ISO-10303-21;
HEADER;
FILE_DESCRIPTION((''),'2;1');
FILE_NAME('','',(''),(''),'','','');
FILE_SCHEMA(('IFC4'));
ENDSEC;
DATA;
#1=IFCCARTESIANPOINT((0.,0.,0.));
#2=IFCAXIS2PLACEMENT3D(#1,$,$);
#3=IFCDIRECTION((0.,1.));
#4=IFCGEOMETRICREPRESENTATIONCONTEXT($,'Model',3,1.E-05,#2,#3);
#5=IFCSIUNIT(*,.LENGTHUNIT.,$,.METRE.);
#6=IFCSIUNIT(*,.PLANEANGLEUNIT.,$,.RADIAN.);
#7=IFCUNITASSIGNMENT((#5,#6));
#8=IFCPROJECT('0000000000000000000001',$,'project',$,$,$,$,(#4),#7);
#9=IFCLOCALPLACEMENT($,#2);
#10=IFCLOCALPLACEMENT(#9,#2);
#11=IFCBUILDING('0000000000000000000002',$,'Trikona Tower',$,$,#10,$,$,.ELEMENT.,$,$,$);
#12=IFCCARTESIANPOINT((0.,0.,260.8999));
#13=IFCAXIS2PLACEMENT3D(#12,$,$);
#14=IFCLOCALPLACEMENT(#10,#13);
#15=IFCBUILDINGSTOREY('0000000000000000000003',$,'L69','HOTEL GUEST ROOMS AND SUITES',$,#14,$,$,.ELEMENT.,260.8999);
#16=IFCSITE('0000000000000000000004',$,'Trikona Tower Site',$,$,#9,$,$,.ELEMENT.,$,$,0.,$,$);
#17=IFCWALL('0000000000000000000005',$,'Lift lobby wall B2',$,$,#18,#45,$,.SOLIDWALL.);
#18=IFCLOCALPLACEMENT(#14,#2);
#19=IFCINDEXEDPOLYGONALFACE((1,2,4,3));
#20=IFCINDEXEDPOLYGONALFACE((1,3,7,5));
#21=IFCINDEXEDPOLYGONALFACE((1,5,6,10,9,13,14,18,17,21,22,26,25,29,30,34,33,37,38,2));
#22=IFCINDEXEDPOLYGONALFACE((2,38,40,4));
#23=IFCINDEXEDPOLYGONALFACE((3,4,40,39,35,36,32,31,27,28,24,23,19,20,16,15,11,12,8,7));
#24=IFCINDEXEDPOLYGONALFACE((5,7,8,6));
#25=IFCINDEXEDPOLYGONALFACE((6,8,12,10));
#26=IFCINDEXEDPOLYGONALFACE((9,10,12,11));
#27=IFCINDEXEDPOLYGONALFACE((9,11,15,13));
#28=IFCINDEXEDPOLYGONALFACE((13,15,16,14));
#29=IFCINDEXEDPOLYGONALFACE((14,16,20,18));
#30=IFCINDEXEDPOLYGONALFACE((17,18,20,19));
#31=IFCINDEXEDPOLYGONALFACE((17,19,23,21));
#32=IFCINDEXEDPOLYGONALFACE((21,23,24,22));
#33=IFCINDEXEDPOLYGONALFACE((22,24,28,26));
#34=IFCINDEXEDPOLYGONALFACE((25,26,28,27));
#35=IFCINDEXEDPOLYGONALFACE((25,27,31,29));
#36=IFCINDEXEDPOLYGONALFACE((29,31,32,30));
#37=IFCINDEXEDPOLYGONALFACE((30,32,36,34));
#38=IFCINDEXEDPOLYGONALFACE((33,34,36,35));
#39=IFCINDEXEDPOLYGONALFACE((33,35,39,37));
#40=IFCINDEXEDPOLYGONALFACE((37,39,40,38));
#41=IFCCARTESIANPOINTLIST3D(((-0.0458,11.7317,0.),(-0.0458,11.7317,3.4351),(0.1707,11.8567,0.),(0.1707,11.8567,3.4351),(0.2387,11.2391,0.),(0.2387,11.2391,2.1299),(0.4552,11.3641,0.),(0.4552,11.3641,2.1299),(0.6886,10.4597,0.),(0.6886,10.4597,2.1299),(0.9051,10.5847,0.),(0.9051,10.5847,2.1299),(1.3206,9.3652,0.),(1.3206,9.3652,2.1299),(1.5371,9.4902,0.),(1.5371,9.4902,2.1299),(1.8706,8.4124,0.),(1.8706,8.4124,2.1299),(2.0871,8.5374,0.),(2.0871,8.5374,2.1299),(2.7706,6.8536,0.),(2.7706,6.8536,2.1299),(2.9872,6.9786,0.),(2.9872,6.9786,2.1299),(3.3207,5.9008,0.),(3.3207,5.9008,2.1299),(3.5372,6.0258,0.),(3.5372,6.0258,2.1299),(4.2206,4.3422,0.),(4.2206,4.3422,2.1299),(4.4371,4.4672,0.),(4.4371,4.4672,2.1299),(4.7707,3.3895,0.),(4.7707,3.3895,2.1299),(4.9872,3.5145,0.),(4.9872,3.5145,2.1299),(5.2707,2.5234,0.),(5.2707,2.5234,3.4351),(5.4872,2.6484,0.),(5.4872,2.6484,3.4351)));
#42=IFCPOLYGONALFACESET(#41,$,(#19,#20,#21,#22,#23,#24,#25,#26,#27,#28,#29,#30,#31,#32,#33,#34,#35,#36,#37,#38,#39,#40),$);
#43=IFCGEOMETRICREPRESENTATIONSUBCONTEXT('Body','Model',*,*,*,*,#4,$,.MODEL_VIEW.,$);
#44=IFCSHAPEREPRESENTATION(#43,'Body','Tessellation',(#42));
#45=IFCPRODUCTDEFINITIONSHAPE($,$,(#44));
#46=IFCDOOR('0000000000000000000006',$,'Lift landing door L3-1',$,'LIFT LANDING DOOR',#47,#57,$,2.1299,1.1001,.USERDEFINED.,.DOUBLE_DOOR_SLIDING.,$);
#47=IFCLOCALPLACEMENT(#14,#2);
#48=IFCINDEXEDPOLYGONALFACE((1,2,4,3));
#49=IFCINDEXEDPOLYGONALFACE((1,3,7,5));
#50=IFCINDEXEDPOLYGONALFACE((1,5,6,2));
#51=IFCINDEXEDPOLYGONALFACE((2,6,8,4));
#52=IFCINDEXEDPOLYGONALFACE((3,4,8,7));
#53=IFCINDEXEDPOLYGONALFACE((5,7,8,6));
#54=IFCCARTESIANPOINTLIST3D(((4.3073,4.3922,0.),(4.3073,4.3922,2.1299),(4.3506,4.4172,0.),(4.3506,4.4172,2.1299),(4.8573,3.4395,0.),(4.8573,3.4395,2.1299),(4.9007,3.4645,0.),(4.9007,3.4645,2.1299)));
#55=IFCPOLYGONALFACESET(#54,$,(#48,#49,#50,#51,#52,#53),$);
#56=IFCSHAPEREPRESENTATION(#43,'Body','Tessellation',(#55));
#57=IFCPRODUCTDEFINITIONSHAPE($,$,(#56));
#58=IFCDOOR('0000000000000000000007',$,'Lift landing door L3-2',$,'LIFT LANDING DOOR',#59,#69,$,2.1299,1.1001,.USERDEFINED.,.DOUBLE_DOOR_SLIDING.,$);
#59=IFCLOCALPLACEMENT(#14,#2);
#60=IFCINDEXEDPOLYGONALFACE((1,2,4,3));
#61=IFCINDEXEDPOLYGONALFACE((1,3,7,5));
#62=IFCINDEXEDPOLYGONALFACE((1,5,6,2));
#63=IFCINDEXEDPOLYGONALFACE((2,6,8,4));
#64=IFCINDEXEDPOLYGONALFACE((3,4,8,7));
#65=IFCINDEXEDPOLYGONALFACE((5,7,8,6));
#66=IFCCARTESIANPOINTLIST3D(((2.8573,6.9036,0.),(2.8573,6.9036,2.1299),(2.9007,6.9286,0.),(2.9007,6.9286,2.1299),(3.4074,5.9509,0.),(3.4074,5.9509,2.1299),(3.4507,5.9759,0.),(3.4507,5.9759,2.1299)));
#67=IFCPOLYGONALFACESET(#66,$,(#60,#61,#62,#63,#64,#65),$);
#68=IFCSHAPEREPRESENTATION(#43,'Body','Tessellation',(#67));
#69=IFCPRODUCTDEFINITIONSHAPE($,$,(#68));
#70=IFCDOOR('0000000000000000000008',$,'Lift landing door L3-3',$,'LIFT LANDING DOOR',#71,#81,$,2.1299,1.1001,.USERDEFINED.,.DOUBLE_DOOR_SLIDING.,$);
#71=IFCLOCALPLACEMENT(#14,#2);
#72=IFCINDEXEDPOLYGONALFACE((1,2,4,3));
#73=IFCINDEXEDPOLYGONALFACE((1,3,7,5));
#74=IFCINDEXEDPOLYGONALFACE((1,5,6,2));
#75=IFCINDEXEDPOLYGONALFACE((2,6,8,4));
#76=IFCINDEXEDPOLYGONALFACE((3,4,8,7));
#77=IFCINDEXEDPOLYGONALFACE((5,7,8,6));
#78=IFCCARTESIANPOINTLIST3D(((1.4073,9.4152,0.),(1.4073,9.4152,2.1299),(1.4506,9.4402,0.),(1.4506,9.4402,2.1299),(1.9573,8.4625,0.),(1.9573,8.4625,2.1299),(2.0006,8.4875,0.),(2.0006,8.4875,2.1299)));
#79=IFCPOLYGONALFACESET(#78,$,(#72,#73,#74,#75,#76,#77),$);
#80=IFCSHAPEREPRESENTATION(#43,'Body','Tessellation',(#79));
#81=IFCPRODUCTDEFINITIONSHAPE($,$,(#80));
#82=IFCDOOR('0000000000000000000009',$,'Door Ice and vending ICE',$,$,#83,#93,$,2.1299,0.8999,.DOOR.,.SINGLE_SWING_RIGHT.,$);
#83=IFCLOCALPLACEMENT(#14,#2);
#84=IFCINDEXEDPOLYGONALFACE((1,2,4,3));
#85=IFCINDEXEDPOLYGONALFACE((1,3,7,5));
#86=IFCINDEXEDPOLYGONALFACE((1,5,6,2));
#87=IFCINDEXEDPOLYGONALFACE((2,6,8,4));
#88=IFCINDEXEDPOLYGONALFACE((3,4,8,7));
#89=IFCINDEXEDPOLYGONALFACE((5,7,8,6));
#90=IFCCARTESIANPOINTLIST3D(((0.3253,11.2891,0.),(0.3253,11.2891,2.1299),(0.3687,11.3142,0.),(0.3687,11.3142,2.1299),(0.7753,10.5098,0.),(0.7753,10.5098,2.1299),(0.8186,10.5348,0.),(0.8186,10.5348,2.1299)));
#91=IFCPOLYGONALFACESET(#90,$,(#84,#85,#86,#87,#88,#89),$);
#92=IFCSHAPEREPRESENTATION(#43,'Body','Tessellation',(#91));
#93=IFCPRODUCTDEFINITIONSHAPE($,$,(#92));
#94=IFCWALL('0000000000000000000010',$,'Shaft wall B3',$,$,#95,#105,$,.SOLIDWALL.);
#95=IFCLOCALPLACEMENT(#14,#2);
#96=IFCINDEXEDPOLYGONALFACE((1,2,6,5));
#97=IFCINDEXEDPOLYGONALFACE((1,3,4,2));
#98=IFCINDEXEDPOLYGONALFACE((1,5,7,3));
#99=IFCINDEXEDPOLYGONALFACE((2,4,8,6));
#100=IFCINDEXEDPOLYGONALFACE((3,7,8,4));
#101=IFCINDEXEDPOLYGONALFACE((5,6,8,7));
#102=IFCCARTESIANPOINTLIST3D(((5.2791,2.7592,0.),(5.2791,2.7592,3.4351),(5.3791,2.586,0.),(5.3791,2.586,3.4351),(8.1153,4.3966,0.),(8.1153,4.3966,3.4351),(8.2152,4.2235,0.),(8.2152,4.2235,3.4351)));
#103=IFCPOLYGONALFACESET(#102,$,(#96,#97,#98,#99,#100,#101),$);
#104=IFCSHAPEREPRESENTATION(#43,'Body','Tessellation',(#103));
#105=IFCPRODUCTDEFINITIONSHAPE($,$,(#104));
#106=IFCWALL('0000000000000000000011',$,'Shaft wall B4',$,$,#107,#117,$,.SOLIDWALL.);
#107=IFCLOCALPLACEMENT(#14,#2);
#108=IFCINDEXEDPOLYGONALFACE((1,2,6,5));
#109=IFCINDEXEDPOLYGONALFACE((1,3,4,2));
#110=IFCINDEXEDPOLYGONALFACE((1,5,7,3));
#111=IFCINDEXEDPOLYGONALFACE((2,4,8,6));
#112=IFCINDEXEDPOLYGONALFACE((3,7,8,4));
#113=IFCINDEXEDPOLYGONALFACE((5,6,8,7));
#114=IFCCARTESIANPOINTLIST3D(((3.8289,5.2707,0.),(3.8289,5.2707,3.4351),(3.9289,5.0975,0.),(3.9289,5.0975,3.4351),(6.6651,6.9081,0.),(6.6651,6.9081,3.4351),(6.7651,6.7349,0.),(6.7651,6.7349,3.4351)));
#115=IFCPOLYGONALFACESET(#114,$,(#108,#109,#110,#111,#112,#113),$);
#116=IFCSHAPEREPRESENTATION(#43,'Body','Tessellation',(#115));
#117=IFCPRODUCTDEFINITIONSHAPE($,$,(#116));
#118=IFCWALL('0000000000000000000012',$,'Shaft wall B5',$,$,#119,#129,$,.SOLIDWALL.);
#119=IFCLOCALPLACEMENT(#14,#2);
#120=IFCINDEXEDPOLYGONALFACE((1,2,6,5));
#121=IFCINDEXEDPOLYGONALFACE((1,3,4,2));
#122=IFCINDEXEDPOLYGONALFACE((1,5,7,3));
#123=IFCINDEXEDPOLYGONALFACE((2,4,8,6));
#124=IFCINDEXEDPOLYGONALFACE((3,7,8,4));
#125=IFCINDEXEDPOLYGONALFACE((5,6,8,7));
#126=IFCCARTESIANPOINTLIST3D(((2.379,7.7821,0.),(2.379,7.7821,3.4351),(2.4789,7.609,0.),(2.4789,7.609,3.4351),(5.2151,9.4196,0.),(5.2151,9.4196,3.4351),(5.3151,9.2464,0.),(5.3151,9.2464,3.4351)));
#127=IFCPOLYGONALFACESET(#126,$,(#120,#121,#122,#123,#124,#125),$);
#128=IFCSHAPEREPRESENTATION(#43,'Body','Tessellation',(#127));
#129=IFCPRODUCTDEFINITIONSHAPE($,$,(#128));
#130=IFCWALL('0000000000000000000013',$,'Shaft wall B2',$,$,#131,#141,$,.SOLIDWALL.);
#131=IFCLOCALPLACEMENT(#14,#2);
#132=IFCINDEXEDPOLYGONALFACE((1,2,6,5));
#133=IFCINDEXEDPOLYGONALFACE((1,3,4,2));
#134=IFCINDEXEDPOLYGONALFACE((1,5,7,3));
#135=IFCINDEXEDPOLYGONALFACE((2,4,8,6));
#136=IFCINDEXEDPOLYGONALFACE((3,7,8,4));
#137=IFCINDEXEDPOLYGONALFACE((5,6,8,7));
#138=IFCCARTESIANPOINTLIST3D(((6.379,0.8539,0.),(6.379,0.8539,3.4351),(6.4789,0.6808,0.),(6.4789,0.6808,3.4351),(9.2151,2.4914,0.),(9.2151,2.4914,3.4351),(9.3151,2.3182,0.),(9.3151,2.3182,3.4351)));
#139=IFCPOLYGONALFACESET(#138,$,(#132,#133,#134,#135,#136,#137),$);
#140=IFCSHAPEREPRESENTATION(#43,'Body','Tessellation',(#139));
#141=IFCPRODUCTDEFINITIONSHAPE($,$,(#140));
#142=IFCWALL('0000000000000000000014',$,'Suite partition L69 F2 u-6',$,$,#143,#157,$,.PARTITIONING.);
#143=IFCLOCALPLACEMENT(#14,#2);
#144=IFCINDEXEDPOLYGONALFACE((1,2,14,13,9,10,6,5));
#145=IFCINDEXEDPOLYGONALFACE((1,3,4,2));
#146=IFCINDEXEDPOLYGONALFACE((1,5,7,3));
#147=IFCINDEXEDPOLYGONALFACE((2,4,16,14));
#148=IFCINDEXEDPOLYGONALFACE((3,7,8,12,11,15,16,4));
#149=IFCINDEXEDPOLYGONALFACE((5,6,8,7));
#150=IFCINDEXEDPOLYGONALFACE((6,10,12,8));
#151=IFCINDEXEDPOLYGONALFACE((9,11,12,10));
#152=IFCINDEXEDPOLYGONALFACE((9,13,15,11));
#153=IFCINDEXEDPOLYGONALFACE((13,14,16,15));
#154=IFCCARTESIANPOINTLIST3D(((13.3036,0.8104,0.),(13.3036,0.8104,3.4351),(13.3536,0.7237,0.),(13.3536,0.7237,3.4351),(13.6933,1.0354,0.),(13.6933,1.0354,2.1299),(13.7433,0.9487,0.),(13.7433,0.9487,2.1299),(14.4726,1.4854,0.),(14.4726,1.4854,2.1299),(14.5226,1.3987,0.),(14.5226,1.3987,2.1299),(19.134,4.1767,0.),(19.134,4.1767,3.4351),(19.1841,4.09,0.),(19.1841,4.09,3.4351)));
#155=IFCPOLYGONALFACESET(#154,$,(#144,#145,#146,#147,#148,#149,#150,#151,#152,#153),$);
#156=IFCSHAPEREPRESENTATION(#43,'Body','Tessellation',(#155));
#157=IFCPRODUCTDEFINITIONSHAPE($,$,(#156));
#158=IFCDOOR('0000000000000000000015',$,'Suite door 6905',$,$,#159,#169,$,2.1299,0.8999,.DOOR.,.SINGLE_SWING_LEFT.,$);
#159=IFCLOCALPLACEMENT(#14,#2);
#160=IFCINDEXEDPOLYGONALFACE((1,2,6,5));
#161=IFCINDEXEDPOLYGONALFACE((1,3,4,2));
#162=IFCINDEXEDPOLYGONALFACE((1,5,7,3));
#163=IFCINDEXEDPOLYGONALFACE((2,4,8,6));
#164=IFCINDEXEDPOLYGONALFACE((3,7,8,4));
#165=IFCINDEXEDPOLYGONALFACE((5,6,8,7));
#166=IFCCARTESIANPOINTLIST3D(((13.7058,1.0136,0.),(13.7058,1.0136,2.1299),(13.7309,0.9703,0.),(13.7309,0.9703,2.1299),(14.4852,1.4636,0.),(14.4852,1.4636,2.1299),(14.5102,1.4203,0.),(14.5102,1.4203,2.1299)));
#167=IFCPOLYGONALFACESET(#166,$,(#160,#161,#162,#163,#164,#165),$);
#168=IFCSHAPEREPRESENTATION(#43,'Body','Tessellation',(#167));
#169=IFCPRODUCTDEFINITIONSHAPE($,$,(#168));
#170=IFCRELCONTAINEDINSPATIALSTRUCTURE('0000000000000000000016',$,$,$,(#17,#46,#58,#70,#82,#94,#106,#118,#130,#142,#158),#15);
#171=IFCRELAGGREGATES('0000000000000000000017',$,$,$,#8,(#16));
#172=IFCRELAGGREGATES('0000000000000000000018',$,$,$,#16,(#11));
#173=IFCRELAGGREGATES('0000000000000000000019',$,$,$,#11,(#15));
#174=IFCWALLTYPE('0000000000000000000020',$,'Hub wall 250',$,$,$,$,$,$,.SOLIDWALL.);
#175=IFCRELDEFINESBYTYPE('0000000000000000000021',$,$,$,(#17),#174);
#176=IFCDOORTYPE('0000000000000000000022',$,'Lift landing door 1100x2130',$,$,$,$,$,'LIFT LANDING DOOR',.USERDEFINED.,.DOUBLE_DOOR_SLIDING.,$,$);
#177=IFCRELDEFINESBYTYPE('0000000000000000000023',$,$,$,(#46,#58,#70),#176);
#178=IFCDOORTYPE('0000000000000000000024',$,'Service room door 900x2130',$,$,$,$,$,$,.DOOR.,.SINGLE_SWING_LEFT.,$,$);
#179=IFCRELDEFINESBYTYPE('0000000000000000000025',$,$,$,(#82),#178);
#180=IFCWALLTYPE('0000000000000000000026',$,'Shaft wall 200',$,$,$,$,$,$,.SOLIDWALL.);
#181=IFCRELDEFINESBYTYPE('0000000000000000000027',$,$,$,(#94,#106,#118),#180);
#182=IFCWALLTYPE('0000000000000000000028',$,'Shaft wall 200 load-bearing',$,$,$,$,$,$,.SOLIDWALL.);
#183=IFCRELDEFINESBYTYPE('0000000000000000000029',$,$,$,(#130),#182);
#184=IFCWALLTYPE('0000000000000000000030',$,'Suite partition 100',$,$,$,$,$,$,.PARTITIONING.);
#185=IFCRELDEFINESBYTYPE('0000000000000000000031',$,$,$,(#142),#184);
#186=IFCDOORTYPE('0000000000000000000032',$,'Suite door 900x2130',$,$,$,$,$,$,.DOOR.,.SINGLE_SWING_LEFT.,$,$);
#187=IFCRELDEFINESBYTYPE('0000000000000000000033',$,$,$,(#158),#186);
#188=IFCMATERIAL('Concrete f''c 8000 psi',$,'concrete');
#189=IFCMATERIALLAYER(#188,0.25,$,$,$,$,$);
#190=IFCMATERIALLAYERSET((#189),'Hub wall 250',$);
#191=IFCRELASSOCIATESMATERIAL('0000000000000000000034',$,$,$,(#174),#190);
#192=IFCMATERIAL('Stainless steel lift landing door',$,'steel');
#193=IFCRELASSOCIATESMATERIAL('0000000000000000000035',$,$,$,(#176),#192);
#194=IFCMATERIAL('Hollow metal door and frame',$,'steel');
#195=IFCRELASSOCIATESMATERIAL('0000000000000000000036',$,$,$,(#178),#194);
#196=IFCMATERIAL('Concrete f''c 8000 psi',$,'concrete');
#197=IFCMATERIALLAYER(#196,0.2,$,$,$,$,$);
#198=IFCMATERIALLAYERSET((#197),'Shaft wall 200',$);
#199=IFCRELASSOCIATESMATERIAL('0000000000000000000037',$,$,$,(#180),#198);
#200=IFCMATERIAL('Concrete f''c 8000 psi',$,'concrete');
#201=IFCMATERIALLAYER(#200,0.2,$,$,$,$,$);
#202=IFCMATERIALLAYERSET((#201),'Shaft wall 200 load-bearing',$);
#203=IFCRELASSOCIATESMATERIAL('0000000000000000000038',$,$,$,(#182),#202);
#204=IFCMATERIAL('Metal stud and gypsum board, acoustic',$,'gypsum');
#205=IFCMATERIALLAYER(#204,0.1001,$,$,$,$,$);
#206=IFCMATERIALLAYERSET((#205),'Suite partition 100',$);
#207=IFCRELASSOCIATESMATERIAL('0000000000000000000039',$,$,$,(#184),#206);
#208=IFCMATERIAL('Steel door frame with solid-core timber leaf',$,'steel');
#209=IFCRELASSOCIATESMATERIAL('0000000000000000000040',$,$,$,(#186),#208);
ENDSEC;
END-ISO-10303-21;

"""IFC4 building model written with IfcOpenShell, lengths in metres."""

from ifc_helpers import new_model, si_unit, direction, frame, frame_2d, origin, place, context, subcontext, project, spatial, rectangle, extrude, material, layer, layer_set, type_object, element, fill, save


model = new_model("IFC4")

# Units and contexts
model_context = context("Model", 3, precision=1e-05, world=origin(), true_north=direction((0.0, 1.0)))
body_context = subcontext(model_context, "Body", "Model", "MODEL_VIEW")
ifc_project = project(units=[si_unit("LENGTHUNIT", "METRE"), si_unit("PLANEANGLEUNIT", "RADIAN")], contexts=[model_context])

# Site, building, storey
site_placement = place(None, origin())
site = spatial("IfcSite", under=ifc_project, at=site_placement, Name="Trikona Tower Site", CompositionType="ELEMENT", RefElevation=0.0)
building_placement = place(site_placement, origin())
building = spatial("IfcBuilding", under=site, at=building_placement, Name="Trikona Tower", CompositionType="ELEMENT")
storey_placement = place(building_placement, frame((0.0, 0.0, 260.8999)))
storey = spatial("IfcBuildingStorey", under=building, at=storey_placement, Name="L69", Description="HOTEL GUEST ROOMS AND SUITES", CompositionType="ELEMENT", Elevation=260.8999)

# Wall, openings, doors
ifc_material_1 = material(Name="Concrete f'c 8000 psi", Category="concrete")
ifc_layer_1 = layer(ifc_material_1, 0.25)
ifc_layer_set_1 = layer_set([ifc_layer_1], Name="Hub wall 250")
wall_type_1 = type_object("IfcWallType", Name="Hub wall 250", PredefinedType="SOLIDWALL", material=ifc_layer_set_1)
wall_1_placement = place(storey_placement, frame((5.3789, 2.5859, 0.0), z_axis=(0.0, 0.0, 1.0), x_axis=(-0.500001, 0.866025, 0.0)))
wall_1 = element("IfcWall", 1, at=wall_1_placement, inside=storey, type_object=wall_type_1, Name="Lift lobby wall B2", PredefinedType="SOLIDWALL", context=body_context, shape_type="SweptSolid", body=[
    extrude(rectangle(XDim=10.6328, YDim=0.25, at=frame_2d((5.3164, 0.0))), origin(), (0.0, 0.0, 1.0), 3.4351),
])
opening_1_placement = place(wall_1_placement, frame((9.1641, 0.0, 0.0)))
opening_1 = element("IfcOpeningElement", 2, at=opening_1_placement, cuts=wall_1, PredefinedType="OPENING", context=body_context, shape_type="SweptSolid", body=[
    extrude(rectangle(XDim=0.8999, YDim=2.1299, at=frame_2d((0.45, 1.0649))), frame((0.0, 0.135, 0.0), z_axis=(0.0, -1.0, 0.0), x_axis=(1.0, 0.0, 0.0)), (0.0, 0.0, 1.0), 0.27),
])
opening_2_placement = place(wall_1_placement, frame((1.0, 0.0, 0.0)))
opening_2 = element("IfcOpeningElement", 3, at=opening_2_placement, cuts=wall_1, PredefinedType="OPENING", context=body_context, shape_type="SweptSolid", body=[
    extrude(rectangle(XDim=1.1001, YDim=2.1299, at=frame_2d((0.55, 1.0649))), frame((0.0, 0.135, 0.0), z_axis=(0.0, -1.0, 0.0), x_axis=(1.0, 0.0, 0.0)), (0.0, 0.0, 1.0), 0.27),
])
opening_3_placement = place(wall_1_placement, frame((3.8999, 0.0, 0.0)))
opening_3 = element("IfcOpeningElement", 4, at=opening_3_placement, cuts=wall_1, PredefinedType="OPENING", context=body_context, shape_type="SweptSolid", body=[
    extrude(rectangle(XDim=1.1001, YDim=2.1299, at=frame_2d((0.55, 1.0649))), frame((0.0, 0.135, 0.0), z_axis=(0.0, -1.0, 0.0), x_axis=(1.0, 0.0, 0.0)), (0.0, 0.0, 1.0), 0.27),
])
opening_4_placement = place(wall_1_placement, frame((6.8, 0.0, 0.0)))
opening_4 = element("IfcOpeningElement", 5, at=opening_4_placement, cuts=wall_1, PredefinedType="OPENING", context=body_context, shape_type="SweptSolid", body=[
    extrude(rectangle(XDim=1.1001, YDim=2.1299, at=frame_2d((0.55, 1.0649))), frame((0.0, 0.135, 0.0), z_axis=(0.0, -1.0, 0.0), x_axis=(1.0, 0.0, 0.0)), (0.0, 0.0, 1.0), 0.27),
])
ifc_material_2 = material(Name="Stainless steel lift landing door", Category="steel")
door_type_1 = type_object("IfcDoorType", Name="Lift landing door 1100x2130", ElementType="LIFT LANDING DOOR", OperationType="DOUBLE_DOOR_SLIDING", PredefinedType="USERDEFINED", material=ifc_material_2)
door_1_placement = place(opening_2_placement, origin())
door_1 = element("IfcDoor", 6, at=door_1_placement, inside=storey, type_object=door_type_1, Name="Lift landing door L3-1", ObjectType="LIFT LANDING DOOR", OperationType="DOUBLE_DOOR_SLIDING", OverallHeight=2.1299, OverallWidth=1.1001, PredefinedType="USERDEFINED", context=body_context, shape_type="SweptSolid", body=[
    extrude(rectangle(XDim=1.1001, YDim=2.1299, at=frame_2d((0.55, 1.0649))), frame((0.0, 0.0249, 0.0), z_axis=(0.0, -1.0, 0.0), x_axis=(1.0, 0.0, 0.0)), (0.0, 0.0, 1.0), 0.05),
])
fill(opening_2, door_1)
door_2_placement = place(opening_3_placement, origin())
door_2 = element("IfcDoor", 7, at=door_2_placement, inside=storey, type_object=door_type_1, Name="Lift landing door L3-2", ObjectType="LIFT LANDING DOOR", OperationType="DOUBLE_DOOR_SLIDING", OverallHeight=2.1299, OverallWidth=1.1001, PredefinedType="USERDEFINED", context=body_context, shape_type="SweptSolid", body=[
    extrude(rectangle(XDim=1.1001, YDim=2.1299, at=frame_2d((0.55, 1.0649))), frame((0.0, 0.0249, 0.0), z_axis=(0.0, -1.0, 0.0), x_axis=(1.0, 0.0, 0.0)), (0.0, 0.0, 1.0), 0.05),
])
fill(opening_3, door_2)
door_3_placement = place(opening_4_placement, origin())
door_3 = element("IfcDoor", 8, at=door_3_placement, inside=storey, type_object=door_type_1, Name="Lift landing door L3-3", ObjectType="LIFT LANDING DOOR", OperationType="DOUBLE_DOOR_SLIDING", OverallHeight=2.1299, OverallWidth=1.1001, PredefinedType="USERDEFINED", context=body_context, shape_type="SweptSolid", body=[
    extrude(rectangle(XDim=1.1001, YDim=2.1299, at=frame_2d((0.55, 1.0649))), frame((0.0, 0.0249, 0.0), z_axis=(0.0, -1.0, 0.0), x_axis=(1.0, 0.0, 0.0)), (0.0, 0.0, 1.0), 0.05),
])
fill(opening_4, door_3)
ifc_material_3 = material(Name="Hollow metal door and frame", Category="steel")
door_type_2 = type_object("IfcDoorType", Name="Service room door 900x2130", OperationType="SINGLE_SWING_LEFT", PredefinedType="DOOR", material=ifc_material_3)
door_4_placement = place(opening_1_placement, origin())
door_4 = element("IfcDoor", 9, at=door_4_placement, inside=storey, type_object=door_type_2, Name="Door Ice and vending ICE", OperationType="SINGLE_SWING_RIGHT", OverallHeight=2.1299, OverallWidth=0.8999, PredefinedType="DOOR", context=body_context, shape_type="SweptSolid", body=[
    extrude(rectangle(XDim=0.8999, YDim=2.1299, at=frame_2d((0.45, 1.0649))), frame((0.0, 0.0249, 0.0), z_axis=(0.0, -1.0, 0.0), x_axis=(1.0, 0.0, 0.0)), (0.0, 0.0, 1.0), 0.05),
])
fill(opening_1, door_4)

# Walls
ifc_material_4 = material(Name="Concrete f'c 8000 psi", Category="concrete")
ifc_layer_2 = layer(ifc_material_4, 0.2)
ifc_layer_set_2 = layer_set([ifc_layer_2], Name="Shaft wall 200")
wall_type_2 = type_object("IfcWallType", Name="Shaft wall 200", PredefinedType="SOLIDWALL", material=ifc_layer_set_2)
for number, where, z_axis, x_axis, name in (
    (10, (5.3291, 2.6726, 0.0), (0.0, 0.0, 1.0), (0.866028, 0.499996, 0.0), "Shaft wall B3"),
    (11, (3.8789, 5.1841, 0.0), (0.0, 0.0, 1.0), (0.866028, 0.499996, 0.0), "Shaft wall B4"),
    (12, (2.429, 7.6956, 0.0), (0.0, 0.0, 1.0), (0.866028, 0.499996, 0.0), "Shaft wall B5"),
):
    element("IfcWall", number, at=place(storey_placement, frame(where, z_axis=z_axis, x_axis=x_axis)), inside=storey, type_object=wall_type_2, Name=name, PredefinedType="SOLIDWALL", context=body_context, shape_type="SweptSolid", body=[
        extrude(rectangle(XDim=3.2749, YDim=0.2, at=frame_2d((1.6375, 0.0))), origin(), (0.0, 0.0, 1.0), 3.4351),
    ])
ifc_material_5 = material(Name="Concrete f'c 8000 psi", Category="concrete")
ifc_layer_3 = layer(ifc_material_5, 0.2)
ifc_layer_set_3 = layer_set([ifc_layer_3], Name="Shaft wall 200 load-bearing")
wall_type_3 = type_object("IfcWallType", Name="Shaft wall 200 load-bearing", PredefinedType="SOLIDWALL", material=ifc_layer_set_3)
wall_2_placement = place(storey_placement, frame((6.429, 0.7673, 0.0), z_axis=(0.0, 0.0, 1.0), x_axis=(0.866028, 0.499996, 0.0)))
element("IfcWall", 13, at=wall_2_placement, inside=storey, type_object=wall_type_3, Name="Shaft wall B2", PredefinedType="SOLIDWALL", context=body_context, shape_type="SweptSolid", body=[
    extrude(rectangle(XDim=3.2749, YDim=0.2, at=frame_2d((1.6375, 0.0))), origin(), (0.0, 0.0, 1.0), 3.4351),
])

# Wall, opening, door
ifc_material_6 = material(Name="Metal stud and gypsum board, acoustic", Category="gypsum")
ifc_layer_4 = layer(ifc_material_6, 0.1001)
ifc_layer_set_4 = layer_set([ifc_layer_4], Name="Suite partition 100")
wall_type_4 = type_object("IfcWallType", Name="Suite partition 100", PredefinedType="PARTITIONING", material=ifc_layer_set_4)
wall_3_placement = place(storey_placement, frame((13.3286, 0.7671, 0.0), z_axis=(0.0, 0.0, 1.0), x_axis=(0.866021, 0.500008, 0.0)))
wall_3 = element("IfcWall", 14, at=wall_3_placement, inside=storey, type_object=wall_type_4, Name="Suite partition L69 F2 u-6", PredefinedType="PARTITIONING", context=body_context, shape_type="SweptSolid", body=[
    extrude(rectangle(XDim=6.7324, YDim=0.1001, at=frame_2d((3.3662, 0.0))), origin(), (0.0, 0.0, 1.0), 3.4351),
])
opening_5_placement = place(wall_3_placement, frame((0.45, 0.0, 0.0)))
opening_5 = element("IfcOpeningElement", 15, at=opening_5_placement, cuts=wall_3, PredefinedType="OPENING", context=body_context, shape_type="SweptSolid", body=[
    extrude(rectangle(XDim=0.8999, YDim=2.1299, at=frame_2d((0.45, 1.0649))), frame((0.0, 0.0601, 0.0), z_axis=(0.0, -1.0, 0.0), x_axis=(1.0, 0.0, 0.0)), (0.0, 0.0, 1.0), 0.1201),
])
ifc_material_7 = material(Name="Steel door frame with solid-core timber leaf", Category="steel")
door_type_3 = type_object("IfcDoorType", Name="Suite door 900x2130", OperationType="SINGLE_SWING_LEFT", PredefinedType="DOOR", material=ifc_material_7)
door_5_placement = place(opening_5_placement, origin())
door_5 = element("IfcDoor", 16, at=door_5_placement, inside=storey, type_object=door_type_3, Name="Suite door 6905", OperationType="SINGLE_SWING_LEFT", OverallHeight=2.1299, OverallWidth=0.8999, PredefinedType="DOOR", context=body_context, shape_type="SweptSolid", body=[
    extrude(rectangle(XDim=0.8999, YDim=2.1299, at=frame_2d((0.45, 1.0649))), frame((0.0, 0.0249, 0.0), z_axis=(0.0, -1.0, 0.0), x_axis=(1.0, 0.0, 0.0)), (0.0, 0.0, 1.0), 0.05),
])
fill(opening_5, door_5)

save(model, "model.ifc")
